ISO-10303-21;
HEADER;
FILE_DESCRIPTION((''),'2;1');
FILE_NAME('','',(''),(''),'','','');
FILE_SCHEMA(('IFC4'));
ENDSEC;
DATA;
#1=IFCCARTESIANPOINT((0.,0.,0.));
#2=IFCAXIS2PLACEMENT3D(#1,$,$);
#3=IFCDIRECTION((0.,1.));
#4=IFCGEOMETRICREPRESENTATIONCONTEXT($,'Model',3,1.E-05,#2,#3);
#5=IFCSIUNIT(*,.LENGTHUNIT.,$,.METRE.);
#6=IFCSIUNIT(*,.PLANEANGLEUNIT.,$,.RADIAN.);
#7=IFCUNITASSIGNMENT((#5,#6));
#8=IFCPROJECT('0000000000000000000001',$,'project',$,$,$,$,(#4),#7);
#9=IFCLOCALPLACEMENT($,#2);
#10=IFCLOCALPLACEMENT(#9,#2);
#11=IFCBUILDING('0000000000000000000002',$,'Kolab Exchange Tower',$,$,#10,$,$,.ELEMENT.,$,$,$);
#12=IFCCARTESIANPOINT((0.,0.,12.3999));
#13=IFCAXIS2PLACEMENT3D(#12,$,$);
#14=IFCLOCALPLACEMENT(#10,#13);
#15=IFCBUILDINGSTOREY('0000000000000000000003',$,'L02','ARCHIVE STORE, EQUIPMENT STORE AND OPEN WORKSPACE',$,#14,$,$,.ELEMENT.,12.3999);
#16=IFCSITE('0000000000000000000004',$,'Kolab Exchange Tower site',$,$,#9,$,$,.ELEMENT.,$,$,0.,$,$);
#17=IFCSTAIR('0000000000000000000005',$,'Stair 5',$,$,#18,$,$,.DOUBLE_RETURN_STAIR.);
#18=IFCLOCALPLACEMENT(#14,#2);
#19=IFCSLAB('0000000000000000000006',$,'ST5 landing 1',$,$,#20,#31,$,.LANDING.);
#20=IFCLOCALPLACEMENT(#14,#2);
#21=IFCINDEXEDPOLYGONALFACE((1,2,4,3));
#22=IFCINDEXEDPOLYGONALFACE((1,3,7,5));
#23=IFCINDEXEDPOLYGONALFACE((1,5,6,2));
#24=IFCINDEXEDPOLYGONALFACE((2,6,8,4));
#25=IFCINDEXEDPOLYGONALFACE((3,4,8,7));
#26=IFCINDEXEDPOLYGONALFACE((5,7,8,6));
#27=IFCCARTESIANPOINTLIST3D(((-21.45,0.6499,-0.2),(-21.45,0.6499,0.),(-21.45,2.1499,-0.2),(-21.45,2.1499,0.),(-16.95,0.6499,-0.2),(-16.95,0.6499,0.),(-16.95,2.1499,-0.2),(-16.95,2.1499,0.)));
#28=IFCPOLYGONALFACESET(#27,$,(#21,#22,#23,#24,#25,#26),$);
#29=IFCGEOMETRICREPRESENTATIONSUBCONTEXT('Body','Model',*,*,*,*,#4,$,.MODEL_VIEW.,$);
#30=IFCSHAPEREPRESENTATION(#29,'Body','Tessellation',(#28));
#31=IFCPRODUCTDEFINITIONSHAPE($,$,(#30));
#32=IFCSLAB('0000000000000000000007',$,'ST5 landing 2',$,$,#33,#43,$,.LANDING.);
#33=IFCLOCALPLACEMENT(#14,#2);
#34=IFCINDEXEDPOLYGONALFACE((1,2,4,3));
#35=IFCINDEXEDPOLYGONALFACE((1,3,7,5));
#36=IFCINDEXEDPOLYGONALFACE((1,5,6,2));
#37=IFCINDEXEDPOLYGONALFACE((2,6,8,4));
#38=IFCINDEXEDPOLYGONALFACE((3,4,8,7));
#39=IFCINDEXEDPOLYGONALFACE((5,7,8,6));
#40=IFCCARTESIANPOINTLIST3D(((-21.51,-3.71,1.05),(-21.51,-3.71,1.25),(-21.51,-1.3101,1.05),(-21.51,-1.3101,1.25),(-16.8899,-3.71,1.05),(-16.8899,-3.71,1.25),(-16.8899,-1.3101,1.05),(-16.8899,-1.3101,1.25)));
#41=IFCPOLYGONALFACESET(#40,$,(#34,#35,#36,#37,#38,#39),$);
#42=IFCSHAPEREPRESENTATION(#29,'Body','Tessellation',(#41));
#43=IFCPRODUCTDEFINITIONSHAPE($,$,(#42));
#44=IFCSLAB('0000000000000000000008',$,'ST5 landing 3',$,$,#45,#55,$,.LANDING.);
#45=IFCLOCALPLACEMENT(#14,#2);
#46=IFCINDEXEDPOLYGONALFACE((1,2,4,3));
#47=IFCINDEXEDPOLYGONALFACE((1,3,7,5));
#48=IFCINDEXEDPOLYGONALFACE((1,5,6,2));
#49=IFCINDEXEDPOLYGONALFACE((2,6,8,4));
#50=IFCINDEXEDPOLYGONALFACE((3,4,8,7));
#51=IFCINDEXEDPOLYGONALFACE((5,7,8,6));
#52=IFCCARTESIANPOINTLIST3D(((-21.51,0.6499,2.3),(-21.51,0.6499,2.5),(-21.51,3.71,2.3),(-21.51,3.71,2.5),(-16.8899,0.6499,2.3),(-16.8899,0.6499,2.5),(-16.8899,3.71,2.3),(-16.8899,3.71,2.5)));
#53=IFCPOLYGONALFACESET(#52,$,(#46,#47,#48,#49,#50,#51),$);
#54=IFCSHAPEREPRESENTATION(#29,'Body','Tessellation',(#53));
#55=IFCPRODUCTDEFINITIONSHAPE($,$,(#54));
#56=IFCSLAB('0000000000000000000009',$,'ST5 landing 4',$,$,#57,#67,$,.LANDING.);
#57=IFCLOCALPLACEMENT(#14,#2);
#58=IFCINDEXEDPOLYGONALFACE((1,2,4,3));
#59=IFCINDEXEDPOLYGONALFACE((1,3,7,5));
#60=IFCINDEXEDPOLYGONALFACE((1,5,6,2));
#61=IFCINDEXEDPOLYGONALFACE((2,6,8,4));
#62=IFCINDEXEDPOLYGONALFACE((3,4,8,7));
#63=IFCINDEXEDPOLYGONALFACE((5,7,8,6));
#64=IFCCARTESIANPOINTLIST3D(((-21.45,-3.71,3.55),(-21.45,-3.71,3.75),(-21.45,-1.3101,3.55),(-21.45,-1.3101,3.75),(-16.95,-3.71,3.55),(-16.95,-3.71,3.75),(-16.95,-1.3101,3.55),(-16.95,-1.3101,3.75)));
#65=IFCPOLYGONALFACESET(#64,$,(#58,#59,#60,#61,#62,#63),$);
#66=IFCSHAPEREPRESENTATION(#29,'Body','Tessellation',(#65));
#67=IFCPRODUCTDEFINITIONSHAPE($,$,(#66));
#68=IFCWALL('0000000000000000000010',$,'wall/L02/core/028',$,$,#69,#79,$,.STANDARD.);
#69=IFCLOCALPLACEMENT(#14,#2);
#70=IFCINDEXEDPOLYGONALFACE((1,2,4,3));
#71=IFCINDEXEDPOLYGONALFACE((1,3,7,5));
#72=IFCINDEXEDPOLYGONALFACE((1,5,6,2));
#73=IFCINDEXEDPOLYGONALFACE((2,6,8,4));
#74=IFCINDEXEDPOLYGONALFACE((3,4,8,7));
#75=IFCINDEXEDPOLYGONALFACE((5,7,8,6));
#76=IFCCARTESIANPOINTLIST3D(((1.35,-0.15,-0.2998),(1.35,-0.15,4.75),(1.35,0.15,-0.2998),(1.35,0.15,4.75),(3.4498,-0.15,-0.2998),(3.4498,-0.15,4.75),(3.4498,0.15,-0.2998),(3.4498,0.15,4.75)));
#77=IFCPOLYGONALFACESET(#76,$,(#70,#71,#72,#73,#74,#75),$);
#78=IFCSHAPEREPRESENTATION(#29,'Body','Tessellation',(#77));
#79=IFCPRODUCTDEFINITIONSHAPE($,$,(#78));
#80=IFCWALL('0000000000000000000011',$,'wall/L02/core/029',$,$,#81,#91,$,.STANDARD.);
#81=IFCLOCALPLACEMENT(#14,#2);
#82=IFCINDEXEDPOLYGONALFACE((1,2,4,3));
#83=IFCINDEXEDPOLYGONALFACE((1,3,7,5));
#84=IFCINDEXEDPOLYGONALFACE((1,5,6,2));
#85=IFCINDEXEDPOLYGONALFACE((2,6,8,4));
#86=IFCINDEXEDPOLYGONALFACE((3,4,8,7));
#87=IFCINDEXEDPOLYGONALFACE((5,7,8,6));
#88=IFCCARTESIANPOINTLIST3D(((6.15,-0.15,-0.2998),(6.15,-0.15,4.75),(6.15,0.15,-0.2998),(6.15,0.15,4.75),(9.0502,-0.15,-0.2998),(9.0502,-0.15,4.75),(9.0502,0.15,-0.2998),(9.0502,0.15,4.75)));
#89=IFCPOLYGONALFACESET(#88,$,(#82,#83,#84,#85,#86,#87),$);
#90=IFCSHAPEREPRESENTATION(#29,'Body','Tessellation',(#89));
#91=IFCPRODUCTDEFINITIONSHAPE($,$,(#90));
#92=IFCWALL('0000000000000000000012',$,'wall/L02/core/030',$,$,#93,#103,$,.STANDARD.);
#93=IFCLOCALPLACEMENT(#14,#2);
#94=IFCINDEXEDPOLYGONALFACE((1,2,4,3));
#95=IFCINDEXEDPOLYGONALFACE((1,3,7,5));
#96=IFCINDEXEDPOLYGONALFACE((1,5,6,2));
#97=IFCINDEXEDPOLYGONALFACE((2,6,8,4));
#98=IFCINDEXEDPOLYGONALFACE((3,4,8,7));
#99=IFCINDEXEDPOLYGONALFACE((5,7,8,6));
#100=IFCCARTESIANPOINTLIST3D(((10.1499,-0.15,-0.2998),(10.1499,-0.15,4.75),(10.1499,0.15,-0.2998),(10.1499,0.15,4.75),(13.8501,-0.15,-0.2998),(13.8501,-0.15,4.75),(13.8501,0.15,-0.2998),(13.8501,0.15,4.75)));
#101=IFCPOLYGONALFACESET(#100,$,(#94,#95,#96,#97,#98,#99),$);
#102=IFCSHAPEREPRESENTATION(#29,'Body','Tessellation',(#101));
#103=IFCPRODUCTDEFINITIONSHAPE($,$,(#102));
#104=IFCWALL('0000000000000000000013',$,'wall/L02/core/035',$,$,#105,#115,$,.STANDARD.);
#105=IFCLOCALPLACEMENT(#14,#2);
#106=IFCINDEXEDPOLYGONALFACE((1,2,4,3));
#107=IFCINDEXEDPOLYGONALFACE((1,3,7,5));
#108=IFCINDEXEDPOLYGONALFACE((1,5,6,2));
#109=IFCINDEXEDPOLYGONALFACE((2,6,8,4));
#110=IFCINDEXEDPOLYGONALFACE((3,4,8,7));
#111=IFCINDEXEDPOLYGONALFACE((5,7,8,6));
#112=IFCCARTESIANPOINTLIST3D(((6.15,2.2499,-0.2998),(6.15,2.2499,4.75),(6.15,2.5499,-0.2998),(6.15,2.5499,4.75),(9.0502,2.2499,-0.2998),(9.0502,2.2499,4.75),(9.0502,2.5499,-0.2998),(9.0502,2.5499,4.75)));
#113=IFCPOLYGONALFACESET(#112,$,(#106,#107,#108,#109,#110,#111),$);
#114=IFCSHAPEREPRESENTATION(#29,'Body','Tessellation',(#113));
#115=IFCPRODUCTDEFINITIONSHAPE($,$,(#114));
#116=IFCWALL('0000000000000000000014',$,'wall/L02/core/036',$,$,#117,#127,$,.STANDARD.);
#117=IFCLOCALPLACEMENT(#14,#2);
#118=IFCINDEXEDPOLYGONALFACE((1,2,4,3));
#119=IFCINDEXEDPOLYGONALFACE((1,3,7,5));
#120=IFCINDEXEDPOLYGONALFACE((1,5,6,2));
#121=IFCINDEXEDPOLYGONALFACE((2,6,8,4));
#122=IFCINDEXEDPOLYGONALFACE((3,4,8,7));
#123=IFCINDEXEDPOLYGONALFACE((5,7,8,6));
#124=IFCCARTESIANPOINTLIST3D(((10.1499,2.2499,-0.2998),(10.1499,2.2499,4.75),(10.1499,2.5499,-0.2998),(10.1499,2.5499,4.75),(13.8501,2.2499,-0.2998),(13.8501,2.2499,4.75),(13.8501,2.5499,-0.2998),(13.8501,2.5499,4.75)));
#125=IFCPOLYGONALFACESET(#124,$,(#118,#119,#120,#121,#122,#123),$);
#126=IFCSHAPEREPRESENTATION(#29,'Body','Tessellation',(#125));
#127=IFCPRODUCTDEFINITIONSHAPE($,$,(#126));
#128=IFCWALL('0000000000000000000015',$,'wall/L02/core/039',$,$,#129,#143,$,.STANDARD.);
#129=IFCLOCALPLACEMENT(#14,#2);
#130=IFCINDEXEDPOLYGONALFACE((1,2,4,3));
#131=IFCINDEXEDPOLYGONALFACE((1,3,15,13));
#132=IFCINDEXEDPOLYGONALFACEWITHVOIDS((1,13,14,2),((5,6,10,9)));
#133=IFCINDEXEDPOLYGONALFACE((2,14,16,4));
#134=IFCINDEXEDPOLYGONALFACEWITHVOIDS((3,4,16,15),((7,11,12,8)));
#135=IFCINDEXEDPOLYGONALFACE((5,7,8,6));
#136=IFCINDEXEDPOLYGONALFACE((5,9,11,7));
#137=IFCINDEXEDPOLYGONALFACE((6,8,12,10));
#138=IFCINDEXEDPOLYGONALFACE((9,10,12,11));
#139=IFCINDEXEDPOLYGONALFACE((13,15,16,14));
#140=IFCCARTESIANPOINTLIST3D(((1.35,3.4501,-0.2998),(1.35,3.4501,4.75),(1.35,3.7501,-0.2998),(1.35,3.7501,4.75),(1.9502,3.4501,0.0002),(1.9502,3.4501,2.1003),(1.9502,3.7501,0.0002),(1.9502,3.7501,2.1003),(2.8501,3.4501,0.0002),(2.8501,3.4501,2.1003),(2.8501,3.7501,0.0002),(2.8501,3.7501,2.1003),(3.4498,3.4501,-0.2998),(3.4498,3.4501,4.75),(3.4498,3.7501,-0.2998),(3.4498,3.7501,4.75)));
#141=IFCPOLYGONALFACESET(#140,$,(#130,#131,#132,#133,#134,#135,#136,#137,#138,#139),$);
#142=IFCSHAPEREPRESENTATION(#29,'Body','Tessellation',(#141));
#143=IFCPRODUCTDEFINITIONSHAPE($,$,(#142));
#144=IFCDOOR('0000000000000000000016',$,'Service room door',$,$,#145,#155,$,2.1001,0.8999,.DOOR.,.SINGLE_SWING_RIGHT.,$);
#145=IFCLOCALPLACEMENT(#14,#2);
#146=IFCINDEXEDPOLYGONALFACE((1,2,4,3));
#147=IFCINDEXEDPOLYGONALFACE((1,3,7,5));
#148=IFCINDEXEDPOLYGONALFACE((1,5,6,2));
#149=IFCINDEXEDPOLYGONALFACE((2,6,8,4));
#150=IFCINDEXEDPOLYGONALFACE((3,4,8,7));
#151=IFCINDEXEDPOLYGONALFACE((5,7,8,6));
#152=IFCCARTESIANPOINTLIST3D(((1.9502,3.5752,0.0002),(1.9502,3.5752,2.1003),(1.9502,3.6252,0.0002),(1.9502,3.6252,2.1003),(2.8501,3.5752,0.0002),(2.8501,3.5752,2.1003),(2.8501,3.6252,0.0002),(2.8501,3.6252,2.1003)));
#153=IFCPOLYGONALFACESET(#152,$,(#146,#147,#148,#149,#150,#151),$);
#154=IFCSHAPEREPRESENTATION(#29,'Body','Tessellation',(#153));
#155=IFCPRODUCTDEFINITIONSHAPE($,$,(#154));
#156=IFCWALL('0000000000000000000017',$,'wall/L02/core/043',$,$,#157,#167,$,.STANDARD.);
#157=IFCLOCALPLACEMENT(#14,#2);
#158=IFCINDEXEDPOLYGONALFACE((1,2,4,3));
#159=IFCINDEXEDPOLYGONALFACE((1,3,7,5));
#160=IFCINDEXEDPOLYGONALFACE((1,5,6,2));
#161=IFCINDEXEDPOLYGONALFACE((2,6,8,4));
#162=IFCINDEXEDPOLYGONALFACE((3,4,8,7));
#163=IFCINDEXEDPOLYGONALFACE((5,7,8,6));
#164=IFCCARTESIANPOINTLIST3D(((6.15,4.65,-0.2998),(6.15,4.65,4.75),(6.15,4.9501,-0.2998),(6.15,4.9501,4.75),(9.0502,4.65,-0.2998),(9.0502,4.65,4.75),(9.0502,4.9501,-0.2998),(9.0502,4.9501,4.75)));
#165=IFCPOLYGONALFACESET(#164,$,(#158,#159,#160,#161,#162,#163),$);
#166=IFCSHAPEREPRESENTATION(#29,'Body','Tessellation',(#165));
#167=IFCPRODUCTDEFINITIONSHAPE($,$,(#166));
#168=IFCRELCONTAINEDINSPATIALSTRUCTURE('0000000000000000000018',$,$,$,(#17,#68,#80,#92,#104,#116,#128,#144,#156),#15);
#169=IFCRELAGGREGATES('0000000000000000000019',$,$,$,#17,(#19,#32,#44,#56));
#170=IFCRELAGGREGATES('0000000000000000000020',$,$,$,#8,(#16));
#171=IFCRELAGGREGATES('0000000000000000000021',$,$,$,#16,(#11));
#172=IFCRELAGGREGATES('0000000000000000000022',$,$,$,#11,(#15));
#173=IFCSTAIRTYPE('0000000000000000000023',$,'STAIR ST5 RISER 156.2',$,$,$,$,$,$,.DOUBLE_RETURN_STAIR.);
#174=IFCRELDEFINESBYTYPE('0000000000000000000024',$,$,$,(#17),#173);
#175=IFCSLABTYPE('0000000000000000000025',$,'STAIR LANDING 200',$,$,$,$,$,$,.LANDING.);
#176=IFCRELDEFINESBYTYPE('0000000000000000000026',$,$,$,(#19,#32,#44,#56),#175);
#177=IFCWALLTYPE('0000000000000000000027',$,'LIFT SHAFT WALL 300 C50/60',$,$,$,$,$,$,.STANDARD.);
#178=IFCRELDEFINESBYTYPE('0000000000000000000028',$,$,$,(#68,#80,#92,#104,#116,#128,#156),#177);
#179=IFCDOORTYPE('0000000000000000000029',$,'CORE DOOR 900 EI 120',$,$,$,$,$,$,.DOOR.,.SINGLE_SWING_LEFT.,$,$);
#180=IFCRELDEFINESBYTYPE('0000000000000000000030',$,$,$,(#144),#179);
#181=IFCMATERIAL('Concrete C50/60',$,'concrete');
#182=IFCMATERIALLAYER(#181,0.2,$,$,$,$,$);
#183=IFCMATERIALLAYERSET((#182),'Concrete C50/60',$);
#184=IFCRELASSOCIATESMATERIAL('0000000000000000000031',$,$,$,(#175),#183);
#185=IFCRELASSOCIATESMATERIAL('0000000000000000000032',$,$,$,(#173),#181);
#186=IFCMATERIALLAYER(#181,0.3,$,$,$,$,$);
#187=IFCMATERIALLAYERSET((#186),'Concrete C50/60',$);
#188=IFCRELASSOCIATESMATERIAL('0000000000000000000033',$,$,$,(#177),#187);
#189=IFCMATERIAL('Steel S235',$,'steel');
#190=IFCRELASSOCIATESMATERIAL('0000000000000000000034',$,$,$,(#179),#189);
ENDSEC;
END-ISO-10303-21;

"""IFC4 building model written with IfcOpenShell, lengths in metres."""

from ifc_helpers import new_model, si_unit, direction, frame, frame_2d, origin, place, context, subcontext, project, spatial, polyline, rectangle, outline, extrude, material, layer, layer_set, type_object, element, fill, aggregate, save


model = new_model("IFC4")

# Units and contexts
model_context = context("Model", 3, precision=1e-05, world=origin(), true_north=direction((0.0, 1.0)))
body_context = subcontext(model_context, "Body", "Model", "MODEL_VIEW")
ifc_project = project(units=[si_unit("LENGTHUNIT", "METRE"), si_unit("PLANEANGLEUNIT", "RADIAN")], contexts=[model_context])

# Site, building, storey
site_placement = place(None, origin())
site = spatial("IfcSite", under=ifc_project, at=site_placement, Name="Kolab Exchange Tower site", CompositionType="ELEMENT", RefElevation=0.0)
building_placement = place(site_placement, origin())
building = spatial("IfcBuilding", under=site, at=building_placement, Name="Kolab Exchange Tower", CompositionType="ELEMENT")
storey_placement = place(building_placement, frame((0.0, 0.0, 12.3999)))
storey = spatial("IfcBuildingStorey", under=building, at=storey_placement, Name="L02", Description="ARCHIVE STORE, EQUIPMENT STORE AND OPEN WORKSPACE", CompositionType="ELEMENT", Elevation=12.3999)

# Stair, slabs
ifc_material_1 = material(Name="Concrete C50/60", Category="concrete")
ifc_layer_1 = layer(ifc_material_1, 0.2)
ifc_layer_set_1 = layer_set([ifc_layer_1], Name="Concrete C50/60")
slab_type = type_object("IfcSlabType", Name="STAIR LANDING 200", PredefinedType="LANDING", material=ifc_layer_set_1)
stair_type_1 = type_object("IfcStairType", Name="STAIR ST5 RISER 156.2", PredefinedType="DOUBLE_RETURN_STAIR", material=ifc_material_1)
stair_1_placement = place(storey_placement, origin())
stair_1 = element("IfcStair", 1, at=stair_1_placement, inside=storey, type_object=stair_type_1, Name="Stair 5", PredefinedType="DOUBLE_RETURN_STAIR")
slab_1_placement = place(storey_placement, frame((0.0, 0.0, -0.2)))
slab_1 = element("IfcSlab", 2, at=slab_1_placement, type_object=slab_type, Name="ST5 landing 1", PredefinedType="LANDING", context=body_context, shape_type="SweptSolid", body=[
    extrude(outline(polyline([(-21.45, 0.6499), (-16.95, 0.6499), (-16.95, 2.1499), (-21.45, 2.1499), (-21.45, 0.6499)])), origin(), (0.0, 0.0, 1.0), 0.2),
])
slab_2_placement = place(storey_placement, frame((0.0, 0.0, 1.05)))
slab_2 = element("IfcSlab", 3, at=slab_2_placement, type_object=slab_type, Name="ST5 landing 2", PredefinedType="LANDING", context=body_context, shape_type="SweptSolid", body=[
    extrude(outline(polyline([(-21.51, -3.71), (-16.8899, -3.71), (-16.8899, -1.3101), (-21.51, -1.3101), (-21.51, -3.71)])), origin(), (0.0, 0.0, 1.0), 0.2),
])
slab_3_placement = place(storey_placement, frame((0.0, 0.0, 2.3)))
slab_3 = element("IfcSlab", 4, at=slab_3_placement, type_object=slab_type, Name="ST5 landing 3", PredefinedType="LANDING", context=body_context, shape_type="SweptSolid", body=[
    extrude(outline(polyline([(-21.51, 0.6499), (-16.8899, 0.6499), (-16.8899, 3.71), (-21.51, 3.71), (-21.51, 0.6499)])), origin(), (0.0, 0.0, 1.0), 0.2),
])
slab_4_placement = place(storey_placement, frame((0.0, 0.0, 3.55)))
slab_4 = element("IfcSlab", 5, at=slab_4_placement, type_object=slab_type, Name="ST5 landing 4", PredefinedType="LANDING", context=body_context, shape_type="SweptSolid", body=[
    extrude(outline(polyline([(-21.45, -3.71), (-16.95, -3.71), (-16.95, -1.3101), (-21.45, -1.3101), (-21.45, -3.71)])), origin(), (0.0, 0.0, 1.0), 0.2),
])
aggregate(stair_1, [slab_1, slab_2, slab_3, slab_4])

# Walls
ifc_layer_2 = layer(ifc_material_1, 0.3)
ifc_layer_set_2 = layer_set([ifc_layer_2], Name="Concrete C50/60")
wall_type_1 = type_object("IfcWallType", Name="LIFT SHAFT WALL 300 C50/60", PredefinedType="STANDARD", material=ifc_layer_set_2)
wall_1_placement = place(storey_placement, frame((1.3501, 0.0, -0.2998), z_axis=(0.0, 0.0, 1.0), x_axis=(1.0, 0.0, 0.0)))
element("IfcWall", 6, at=wall_1_placement, inside=storey, type_object=wall_type_1, Name="wall/L02/core/028", PredefinedType="STANDARD", context=body_context, shape_type="SweptSolid", body=[
    extrude(rectangle(XDim=2.0999, YDim=0.3, at=frame_2d((1.0498, 0.0))), origin(), (0.0, 0.0, 1.0), 5.0498),
])
wall_2_placement = place(storey_placement, frame((6.1499, 0.0, -0.2998), z_axis=(0.0, 0.0, 1.0), x_axis=(1.0, 0.0, 0.0)))
element("IfcWall", 7, at=wall_2_placement, inside=storey, type_object=wall_type_1, Name="wall/L02/core/029", PredefinedType="STANDARD", context=body_context, shape_type="SweptSolid", body=[
    extrude(rectangle(XDim=2.9001, YDim=0.3, at=frame_2d((1.4502, 0.0))), origin(), (0.0, 0.0, 1.0), 5.0498),
])
wall_3_placement = place(storey_placement, frame((10.1499, 0.0, -0.2998), z_axis=(0.0, 0.0, 1.0), x_axis=(1.0, 0.0, 0.0)))
element("IfcWall", 8, at=wall_3_placement, inside=storey, type_object=wall_type_1, Name="wall/L02/core/030", PredefinedType="STANDARD", context=body_context, shape_type="SweptSolid", body=[
    extrude(rectangle(XDim=3.7002, YDim=0.3, at=frame_2d((1.8501, 0.0))), origin(), (0.0, 0.0, 1.0), 5.0498),
])
wall_4_placement = place(storey_placement, frame((6.1499, 2.3999, -0.2998), z_axis=(0.0, 0.0, 1.0), x_axis=(1.0, 0.0, 0.0)))
element("IfcWall", 9, at=wall_4_placement, inside=storey, type_object=wall_type_1, Name="wall/L02/core/035", PredefinedType="STANDARD", context=body_context, shape_type="SweptSolid", body=[
    extrude(rectangle(XDim=2.9001, YDim=0.3, at=frame_2d((1.4502, 0.0))), origin(), (0.0, 0.0, 1.0), 5.0498),
])
wall_5_placement = place(storey_placement, frame((10.1499, 2.3999, -0.2998), z_axis=(0.0, 0.0, 1.0), x_axis=(1.0, 0.0, 0.0)))
element("IfcWall", 10, at=wall_5_placement, inside=storey, type_object=wall_type_1, Name="wall/L02/core/036", PredefinedType="STANDARD", context=body_context, shape_type="SweptSolid", body=[
    extrude(rectangle(XDim=3.7002, YDim=0.3, at=frame_2d((1.8501, 0.0))), origin(), (0.0, 0.0, 1.0), 5.0498),
])

# Wall, opening, door
wall_6_placement = place(storey_placement, frame((1.3501, 3.6001, -0.2998), z_axis=(0.0, 0.0, 1.0), x_axis=(1.0, 0.0, 0.0)))
wall_6 = element("IfcWall", 11, at=wall_6_placement, inside=storey, type_object=wall_type_1, Name="wall/L02/core/039", PredefinedType="STANDARD", context=body_context, shape_type="SweptSolid", body=[
    extrude(rectangle(XDim=2.0999, YDim=0.3, at=frame_2d((1.0498, 0.0))), origin(), (0.0, 0.0, 1.0), 5.0498),
])
opening_1_placement = place(wall_6_placement, frame((0.6001, 0.0, 0.3)))
opening_1 = element("IfcOpeningElement", 12, at=opening_1_placement, cuts=wall_6, PredefinedType="OPENING", context=body_context, shape_type="SweptSolid", body=[
    extrude(rectangle(XDim=0.8999, YDim=2.1001, at=frame_2d((0.45, 1.05))), frame((0.0, 0.1602, 0.0), z_axis=(0.0, -1.0, 0.0), x_axis=(1.0, 0.0, 0.0)), (0.0, 0.0, 1.0), 0.3201),
])
ifc_material_2 = material(Name="Steel S235", Category="steel")
door_type_1 = type_object("IfcDoorType", Name="CORE DOOR 900 EI 120", OperationType="SINGLE_SWING_LEFT", PredefinedType="DOOR", material=ifc_material_2)
door_1_placement = place(opening_1_placement, frame((0.8999, 0.0, 0.0), z_axis=(0.0, 0.0, 1.0), x_axis=(-1.0, 0.0, 0.0)))
door_1 = element("IfcDoor", 13, at=door_1_placement, inside=storey, type_object=door_type_1, Name="Service room door", OperationType="SINGLE_SWING_RIGHT", OverallHeight=2.1001, OverallWidth=0.8999, PredefinedType="DOOR", context=body_context, shape_type="SweptSolid", body=[
    extrude(rectangle(XDim=0.8999, YDim=2.1001, at=frame_2d((0.45, 1.05))), frame((0.0, 0.0249, 0.0), z_axis=(0.0, -1.0, 0.0), x_axis=(1.0, 0.0, 0.0)), (0.0, 0.0, 1.0), 0.05),
])
fill(opening_1, door_1)

# Wall
wall_7_placement = place(storey_placement, frame((6.1499, 4.8, -0.2998), z_axis=(0.0, 0.0, 1.0), x_axis=(1.0, 0.0, 0.0)))
element("IfcWall", 14, at=wall_7_placement, inside=storey, type_object=wall_type_1, Name="wall/L02/core/043", PredefinedType="STANDARD", context=body_context, shape_type="SweptSolid", body=[
    extrude(rectangle(XDim=2.9001, YDim=0.3, at=frame_2d((1.4502, 0.0))), origin(), (0.0, 0.0, 1.0), 5.0498),
])

save(model, "model.ifc")
